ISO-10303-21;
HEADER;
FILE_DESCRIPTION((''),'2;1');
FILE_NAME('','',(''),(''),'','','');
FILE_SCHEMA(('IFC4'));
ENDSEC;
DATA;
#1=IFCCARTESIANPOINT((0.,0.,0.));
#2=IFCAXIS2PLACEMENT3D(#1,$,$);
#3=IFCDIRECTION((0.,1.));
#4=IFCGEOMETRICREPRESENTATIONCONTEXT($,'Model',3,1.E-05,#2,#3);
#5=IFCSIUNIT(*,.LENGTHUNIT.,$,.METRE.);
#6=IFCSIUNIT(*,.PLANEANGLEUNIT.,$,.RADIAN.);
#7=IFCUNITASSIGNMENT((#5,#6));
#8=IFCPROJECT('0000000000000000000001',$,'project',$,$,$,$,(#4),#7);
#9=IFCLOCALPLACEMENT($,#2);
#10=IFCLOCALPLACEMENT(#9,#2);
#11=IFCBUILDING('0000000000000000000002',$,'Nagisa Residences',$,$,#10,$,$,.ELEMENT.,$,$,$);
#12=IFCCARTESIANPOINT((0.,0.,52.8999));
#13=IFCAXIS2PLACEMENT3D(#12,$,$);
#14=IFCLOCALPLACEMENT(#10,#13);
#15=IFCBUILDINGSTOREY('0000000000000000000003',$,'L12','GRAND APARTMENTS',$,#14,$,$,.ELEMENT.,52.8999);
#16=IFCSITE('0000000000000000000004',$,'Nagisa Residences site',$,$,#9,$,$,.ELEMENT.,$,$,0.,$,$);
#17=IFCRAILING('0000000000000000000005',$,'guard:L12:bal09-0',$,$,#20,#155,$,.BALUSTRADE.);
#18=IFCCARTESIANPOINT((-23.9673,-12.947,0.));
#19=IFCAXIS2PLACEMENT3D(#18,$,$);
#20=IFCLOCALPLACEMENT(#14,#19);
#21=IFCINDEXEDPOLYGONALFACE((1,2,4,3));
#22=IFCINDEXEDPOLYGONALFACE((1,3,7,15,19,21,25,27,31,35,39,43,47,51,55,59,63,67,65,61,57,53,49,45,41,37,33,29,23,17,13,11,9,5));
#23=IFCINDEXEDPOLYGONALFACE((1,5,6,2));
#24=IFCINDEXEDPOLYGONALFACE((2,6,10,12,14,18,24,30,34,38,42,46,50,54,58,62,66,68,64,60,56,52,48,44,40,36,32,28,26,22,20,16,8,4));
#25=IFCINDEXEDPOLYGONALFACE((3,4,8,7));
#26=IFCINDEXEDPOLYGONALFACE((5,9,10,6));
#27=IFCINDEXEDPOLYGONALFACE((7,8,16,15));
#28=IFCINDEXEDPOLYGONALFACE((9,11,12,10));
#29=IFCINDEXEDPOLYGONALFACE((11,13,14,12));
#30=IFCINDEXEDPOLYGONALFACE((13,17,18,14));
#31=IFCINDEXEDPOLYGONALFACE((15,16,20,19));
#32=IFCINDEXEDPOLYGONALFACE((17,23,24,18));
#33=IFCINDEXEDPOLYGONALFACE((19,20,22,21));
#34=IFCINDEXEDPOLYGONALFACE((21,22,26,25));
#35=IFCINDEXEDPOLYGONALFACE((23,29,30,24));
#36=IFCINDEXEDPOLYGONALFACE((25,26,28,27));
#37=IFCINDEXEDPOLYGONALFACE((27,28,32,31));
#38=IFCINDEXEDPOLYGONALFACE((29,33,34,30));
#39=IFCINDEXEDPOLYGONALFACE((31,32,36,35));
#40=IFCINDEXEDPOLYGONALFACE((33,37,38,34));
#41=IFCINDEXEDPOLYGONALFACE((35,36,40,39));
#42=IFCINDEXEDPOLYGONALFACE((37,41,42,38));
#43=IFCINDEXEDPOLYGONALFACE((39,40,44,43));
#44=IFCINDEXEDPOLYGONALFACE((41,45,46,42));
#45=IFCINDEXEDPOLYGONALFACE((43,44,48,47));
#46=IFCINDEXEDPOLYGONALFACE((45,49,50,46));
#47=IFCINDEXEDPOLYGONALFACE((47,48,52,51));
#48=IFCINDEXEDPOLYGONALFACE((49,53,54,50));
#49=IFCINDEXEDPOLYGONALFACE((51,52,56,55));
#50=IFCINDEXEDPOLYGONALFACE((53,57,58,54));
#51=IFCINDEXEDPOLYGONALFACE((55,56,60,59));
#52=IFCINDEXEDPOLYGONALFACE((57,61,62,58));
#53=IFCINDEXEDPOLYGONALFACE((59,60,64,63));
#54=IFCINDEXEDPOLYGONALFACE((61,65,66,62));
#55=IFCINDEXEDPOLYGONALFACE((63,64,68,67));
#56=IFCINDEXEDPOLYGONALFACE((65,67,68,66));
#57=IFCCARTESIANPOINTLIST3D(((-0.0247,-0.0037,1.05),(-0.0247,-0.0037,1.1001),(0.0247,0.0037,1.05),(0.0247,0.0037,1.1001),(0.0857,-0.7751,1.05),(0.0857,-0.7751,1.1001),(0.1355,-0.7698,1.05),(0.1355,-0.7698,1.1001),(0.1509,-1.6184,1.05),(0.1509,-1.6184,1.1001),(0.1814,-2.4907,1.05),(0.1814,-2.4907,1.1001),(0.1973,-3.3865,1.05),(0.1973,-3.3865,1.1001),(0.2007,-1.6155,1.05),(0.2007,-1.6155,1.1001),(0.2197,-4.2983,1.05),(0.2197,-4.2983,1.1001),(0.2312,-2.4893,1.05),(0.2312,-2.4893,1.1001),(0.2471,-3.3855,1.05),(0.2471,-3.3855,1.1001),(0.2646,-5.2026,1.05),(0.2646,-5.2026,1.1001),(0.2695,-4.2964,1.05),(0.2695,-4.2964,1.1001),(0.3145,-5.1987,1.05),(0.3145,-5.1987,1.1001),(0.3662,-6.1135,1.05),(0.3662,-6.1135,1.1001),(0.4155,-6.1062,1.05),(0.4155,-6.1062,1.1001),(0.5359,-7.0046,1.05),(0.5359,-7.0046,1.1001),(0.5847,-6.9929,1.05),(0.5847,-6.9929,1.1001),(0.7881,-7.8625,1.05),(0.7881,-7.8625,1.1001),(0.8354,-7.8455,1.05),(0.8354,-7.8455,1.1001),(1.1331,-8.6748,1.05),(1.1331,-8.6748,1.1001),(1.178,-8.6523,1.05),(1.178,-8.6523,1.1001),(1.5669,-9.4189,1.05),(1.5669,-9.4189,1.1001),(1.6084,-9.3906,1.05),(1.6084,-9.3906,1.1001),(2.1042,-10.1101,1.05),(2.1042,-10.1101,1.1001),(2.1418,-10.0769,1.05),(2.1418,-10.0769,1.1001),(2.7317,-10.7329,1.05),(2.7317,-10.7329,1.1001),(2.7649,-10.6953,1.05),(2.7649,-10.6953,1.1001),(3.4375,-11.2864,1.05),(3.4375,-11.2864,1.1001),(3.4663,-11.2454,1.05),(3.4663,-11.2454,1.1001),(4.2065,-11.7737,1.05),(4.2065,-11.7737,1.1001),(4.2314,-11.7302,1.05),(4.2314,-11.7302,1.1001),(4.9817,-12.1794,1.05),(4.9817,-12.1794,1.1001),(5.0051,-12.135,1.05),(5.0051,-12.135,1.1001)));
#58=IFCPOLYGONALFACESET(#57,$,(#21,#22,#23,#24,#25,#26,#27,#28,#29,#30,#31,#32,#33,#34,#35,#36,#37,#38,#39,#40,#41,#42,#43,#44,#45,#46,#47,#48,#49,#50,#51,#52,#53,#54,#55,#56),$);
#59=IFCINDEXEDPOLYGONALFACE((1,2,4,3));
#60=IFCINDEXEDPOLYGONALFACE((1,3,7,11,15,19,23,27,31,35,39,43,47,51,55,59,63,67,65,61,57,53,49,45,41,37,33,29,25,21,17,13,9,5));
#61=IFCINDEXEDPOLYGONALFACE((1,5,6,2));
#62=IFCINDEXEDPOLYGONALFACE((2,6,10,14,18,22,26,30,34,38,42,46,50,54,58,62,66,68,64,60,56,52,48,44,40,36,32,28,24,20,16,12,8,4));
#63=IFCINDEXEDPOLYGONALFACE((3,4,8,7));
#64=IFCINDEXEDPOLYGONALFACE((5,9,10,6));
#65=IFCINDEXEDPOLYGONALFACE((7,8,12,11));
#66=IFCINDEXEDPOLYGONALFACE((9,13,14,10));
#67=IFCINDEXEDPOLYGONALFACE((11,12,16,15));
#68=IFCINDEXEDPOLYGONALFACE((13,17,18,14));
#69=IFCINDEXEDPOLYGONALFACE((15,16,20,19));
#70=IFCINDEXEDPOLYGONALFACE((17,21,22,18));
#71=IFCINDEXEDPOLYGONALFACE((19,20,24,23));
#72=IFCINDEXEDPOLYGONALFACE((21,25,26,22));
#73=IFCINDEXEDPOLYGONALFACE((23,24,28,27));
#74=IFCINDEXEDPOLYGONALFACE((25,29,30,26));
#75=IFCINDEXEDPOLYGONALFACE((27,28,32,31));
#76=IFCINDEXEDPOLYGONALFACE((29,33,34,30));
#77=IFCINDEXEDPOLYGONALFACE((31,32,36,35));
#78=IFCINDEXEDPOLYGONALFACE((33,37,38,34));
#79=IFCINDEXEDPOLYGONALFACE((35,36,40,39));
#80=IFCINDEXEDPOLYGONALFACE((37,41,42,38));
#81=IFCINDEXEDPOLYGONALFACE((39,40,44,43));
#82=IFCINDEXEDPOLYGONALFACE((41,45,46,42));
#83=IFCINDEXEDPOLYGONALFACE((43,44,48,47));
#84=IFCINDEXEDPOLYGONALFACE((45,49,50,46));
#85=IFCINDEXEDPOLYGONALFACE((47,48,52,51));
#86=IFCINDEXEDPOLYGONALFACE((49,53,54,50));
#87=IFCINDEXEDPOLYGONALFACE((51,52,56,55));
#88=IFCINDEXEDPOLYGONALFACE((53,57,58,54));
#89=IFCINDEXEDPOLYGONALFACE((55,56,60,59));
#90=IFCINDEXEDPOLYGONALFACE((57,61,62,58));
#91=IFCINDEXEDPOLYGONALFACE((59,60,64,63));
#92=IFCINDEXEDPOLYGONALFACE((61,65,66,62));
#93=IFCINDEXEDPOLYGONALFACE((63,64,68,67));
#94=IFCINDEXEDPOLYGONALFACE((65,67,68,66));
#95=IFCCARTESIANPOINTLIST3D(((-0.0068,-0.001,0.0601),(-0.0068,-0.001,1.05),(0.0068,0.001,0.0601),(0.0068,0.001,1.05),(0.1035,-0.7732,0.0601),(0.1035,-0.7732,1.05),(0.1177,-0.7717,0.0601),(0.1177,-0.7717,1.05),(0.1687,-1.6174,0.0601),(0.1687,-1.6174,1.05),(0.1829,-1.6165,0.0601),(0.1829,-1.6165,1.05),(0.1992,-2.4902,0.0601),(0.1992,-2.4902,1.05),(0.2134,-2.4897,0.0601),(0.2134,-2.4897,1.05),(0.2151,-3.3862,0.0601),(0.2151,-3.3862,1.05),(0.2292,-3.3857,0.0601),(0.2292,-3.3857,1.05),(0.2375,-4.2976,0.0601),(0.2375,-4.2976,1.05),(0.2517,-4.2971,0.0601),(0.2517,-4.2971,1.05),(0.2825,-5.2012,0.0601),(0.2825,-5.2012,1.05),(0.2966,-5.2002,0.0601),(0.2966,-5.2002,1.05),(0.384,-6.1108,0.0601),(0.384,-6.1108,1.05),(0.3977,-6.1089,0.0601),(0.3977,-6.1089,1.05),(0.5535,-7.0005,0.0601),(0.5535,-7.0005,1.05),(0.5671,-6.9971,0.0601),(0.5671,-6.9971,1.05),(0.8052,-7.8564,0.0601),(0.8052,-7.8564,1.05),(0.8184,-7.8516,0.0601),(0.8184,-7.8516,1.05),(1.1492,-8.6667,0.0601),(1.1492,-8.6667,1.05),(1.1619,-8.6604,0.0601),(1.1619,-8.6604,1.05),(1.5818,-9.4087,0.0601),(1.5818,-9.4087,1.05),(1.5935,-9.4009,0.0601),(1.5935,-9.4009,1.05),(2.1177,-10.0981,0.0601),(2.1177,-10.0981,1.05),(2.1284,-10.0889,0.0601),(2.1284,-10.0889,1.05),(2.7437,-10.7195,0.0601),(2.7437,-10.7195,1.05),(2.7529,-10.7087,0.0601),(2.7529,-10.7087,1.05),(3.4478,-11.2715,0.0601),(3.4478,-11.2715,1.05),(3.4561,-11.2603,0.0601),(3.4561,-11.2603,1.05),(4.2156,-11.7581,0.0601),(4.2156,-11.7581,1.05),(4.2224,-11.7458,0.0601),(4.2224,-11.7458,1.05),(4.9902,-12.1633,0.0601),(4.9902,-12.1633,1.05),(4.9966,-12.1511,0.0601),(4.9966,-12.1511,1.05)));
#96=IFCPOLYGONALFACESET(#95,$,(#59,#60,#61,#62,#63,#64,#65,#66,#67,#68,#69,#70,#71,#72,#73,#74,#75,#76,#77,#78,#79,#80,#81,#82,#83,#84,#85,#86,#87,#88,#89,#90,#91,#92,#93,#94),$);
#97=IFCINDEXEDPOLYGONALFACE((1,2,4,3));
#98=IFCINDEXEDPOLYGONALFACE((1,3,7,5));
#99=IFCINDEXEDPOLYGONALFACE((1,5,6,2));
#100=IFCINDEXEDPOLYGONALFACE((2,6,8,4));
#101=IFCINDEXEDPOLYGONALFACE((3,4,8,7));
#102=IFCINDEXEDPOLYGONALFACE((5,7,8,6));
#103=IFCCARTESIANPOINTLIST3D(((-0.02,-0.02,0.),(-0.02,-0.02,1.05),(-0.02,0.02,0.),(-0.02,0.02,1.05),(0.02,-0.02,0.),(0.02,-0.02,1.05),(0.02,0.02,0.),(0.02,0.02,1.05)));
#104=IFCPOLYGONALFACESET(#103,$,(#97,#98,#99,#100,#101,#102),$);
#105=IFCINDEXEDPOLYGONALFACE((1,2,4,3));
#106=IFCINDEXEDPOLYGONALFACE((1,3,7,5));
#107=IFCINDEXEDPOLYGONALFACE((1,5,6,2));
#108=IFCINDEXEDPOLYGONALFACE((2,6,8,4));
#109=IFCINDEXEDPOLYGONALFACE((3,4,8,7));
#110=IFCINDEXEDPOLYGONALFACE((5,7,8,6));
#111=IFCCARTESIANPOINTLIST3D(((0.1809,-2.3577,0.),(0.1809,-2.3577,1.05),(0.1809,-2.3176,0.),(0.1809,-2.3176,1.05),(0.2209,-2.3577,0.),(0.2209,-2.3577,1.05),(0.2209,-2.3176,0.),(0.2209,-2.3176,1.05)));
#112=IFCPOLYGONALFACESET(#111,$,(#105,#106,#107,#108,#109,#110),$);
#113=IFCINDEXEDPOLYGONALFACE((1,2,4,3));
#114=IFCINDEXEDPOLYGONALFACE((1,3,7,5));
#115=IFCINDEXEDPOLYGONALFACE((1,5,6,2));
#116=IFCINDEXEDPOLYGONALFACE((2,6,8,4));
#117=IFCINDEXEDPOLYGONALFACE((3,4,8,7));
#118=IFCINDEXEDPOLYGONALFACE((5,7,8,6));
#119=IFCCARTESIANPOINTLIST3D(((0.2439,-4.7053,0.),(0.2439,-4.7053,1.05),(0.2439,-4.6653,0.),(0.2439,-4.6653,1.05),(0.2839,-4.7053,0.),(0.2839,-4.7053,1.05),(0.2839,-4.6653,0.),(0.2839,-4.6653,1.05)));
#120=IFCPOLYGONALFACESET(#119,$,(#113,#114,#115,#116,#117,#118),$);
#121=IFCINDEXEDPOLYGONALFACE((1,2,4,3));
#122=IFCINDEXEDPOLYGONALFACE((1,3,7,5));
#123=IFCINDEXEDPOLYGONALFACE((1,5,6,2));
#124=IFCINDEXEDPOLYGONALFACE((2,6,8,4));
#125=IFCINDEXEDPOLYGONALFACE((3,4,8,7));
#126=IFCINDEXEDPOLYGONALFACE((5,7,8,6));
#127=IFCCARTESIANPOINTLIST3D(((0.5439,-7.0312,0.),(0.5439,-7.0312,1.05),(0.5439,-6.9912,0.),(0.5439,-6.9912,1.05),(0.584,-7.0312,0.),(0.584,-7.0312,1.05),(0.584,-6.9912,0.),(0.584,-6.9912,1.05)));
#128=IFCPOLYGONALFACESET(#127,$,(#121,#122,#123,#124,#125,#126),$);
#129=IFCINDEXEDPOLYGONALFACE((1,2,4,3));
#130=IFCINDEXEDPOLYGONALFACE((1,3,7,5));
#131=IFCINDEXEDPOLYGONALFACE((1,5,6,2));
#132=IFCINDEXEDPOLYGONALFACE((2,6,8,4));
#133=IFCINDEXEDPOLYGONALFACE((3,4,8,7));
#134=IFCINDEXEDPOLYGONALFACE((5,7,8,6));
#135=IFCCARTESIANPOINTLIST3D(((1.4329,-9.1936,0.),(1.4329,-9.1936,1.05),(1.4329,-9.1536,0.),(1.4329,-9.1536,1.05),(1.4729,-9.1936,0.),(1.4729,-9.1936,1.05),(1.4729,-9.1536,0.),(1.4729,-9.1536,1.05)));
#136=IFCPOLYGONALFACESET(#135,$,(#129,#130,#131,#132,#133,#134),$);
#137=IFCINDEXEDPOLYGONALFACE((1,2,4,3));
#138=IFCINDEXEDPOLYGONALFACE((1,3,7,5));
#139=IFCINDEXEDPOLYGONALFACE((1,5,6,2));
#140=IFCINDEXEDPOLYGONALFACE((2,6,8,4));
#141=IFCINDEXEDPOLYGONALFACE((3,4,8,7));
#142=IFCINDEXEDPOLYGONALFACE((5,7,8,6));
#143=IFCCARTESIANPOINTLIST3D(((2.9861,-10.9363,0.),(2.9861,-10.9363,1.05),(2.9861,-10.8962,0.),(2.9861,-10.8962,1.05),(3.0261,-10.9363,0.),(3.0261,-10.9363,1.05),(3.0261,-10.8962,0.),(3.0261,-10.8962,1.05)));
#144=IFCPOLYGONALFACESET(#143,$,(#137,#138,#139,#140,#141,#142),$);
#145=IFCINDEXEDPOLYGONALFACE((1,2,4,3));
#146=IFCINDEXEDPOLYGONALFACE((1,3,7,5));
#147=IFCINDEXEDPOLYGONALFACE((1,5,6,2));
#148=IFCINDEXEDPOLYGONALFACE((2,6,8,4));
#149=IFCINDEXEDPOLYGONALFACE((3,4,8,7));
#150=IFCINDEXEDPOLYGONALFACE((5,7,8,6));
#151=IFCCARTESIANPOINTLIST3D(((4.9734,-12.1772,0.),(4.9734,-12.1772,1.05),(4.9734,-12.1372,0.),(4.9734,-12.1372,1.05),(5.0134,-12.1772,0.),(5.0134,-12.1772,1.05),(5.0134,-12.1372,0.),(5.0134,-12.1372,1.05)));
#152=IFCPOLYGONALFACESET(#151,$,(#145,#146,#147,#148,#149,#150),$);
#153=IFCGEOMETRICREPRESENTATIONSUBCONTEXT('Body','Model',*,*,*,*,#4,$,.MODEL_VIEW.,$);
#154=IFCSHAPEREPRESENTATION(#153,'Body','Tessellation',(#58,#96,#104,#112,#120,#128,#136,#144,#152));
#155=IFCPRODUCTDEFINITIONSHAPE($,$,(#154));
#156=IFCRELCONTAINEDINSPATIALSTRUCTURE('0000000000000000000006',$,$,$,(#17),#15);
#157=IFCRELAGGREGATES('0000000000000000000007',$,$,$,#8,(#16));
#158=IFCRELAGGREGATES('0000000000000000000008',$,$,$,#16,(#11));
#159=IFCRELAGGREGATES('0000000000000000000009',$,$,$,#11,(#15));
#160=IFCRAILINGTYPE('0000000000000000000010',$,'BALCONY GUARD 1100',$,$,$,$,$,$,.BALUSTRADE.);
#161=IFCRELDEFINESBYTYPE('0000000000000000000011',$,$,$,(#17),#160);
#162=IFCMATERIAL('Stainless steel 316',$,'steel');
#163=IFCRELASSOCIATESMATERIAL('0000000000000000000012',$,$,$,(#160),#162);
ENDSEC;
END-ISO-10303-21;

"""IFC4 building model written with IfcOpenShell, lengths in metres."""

from ifc_helpers import new_model, si_unit, direction, frame, origin, origin_2d, place, context, subcontext, project, spatial, polyline, rectangle, outline, extrude, material, type_object, element, save


model = new_model("IFC4")

# Units and contexts
model_context = context("Model", 3, precision=1e-05, world=origin(), true_north=direction((0.0, 1.0)))
body_context = subcontext(model_context, "Body", "Model", "MODEL_VIEW")
ifc_project = project(units=[si_unit("LENGTHUNIT", "METRE"), si_unit("PLANEANGLEUNIT", "RADIAN")], contexts=[model_context])

# Site, building, storey
site_placement = place(None, origin())
site = spatial("IfcSite", under=ifc_project, at=site_placement, Name="Nagisa Residences site", CompositionType="ELEMENT", RefElevation=0.0)
building_placement = place(site_placement, origin())
building = spatial("IfcBuilding", under=site, at=building_placement, Name="Nagisa Residences", CompositionType="ELEMENT")
storey_placement = place(building_placement, frame((0.0, 0.0, 52.8999)))
storey = spatial("IfcBuildingStorey", under=building, at=storey_placement, Name="L12", Description="GRAND APARTMENTS", CompositionType="ELEMENT", Elevation=52.8999)

# Railing
ifc_material_1 = material(Name="Stainless steel 316", Category="steel")
railing_type = type_object("IfcRailingType", Name="BALCONY GUARD 1100", PredefinedType="BALUSTRADE", material=ifc_material_1)
railing_1_placement = place(storey_placement, frame((-23.9673, -12.947, 0.0)))
element("IfcRailing", 1, at=railing_1_placement, inside=storey, type_object=railing_type, Name="guard:L12:bal09-0", PredefinedType="BALUSTRADE", context=body_context, shape_type="SweptSolid", body=[
    extrude(outline(polyline([(0.1355, -0.7698), (0.0247, 0.0037), (-0.0247, -0.0037), (0.0857, -0.7751), (0.1509, -1.6184), (0.1814, -2.4907), (0.1973, -3.3865), (0.2197, -4.2983), (0.2646, -5.2026), (0.3662, -6.1135), (0.5359, -7.0046), (0.7881, -7.8625), (1.1331, -8.6748), (1.5669, -9.4189), (2.1042, -10.1101), (2.7317, -10.7329), (3.4375, -11.2864), (4.2065, -11.7737), (4.9817, -12.1794), (5.0051, -12.135), (4.2314, -11.7302), (3.4663, -11.2454), (2.7649, -10.6953), (2.1418, -10.0769), (1.6084, -9.3906), (1.178, -8.6523), (0.8354, -7.8455), (0.5847, -6.9929), (0.4155, -6.1062), (0.3145, -5.1987), (0.2695, -4.2964), (0.2471, -3.3855), (0.2312, -2.4893), (0.2007, -1.6155), (0.1355, -0.7698)])), frame((0.0, 0.0, 1.05)), (0.0, 0.0, 1.0), 0.05),
    extrude(outline(polyline([(0.1177, -0.7717), (0.0068, 0.001), (-0.0068, -0.001), (0.1035, -0.7732), (0.1687, -1.6174), (0.1992, -2.4902), (0.2151, -3.3862), (0.2375, -4.2976), (0.2825, -5.2012), (0.384, -6.1108), (0.5535, -7.0005), (0.8052, -7.8564), (1.1492, -8.6667), (1.5818, -9.4087), (2.1177, -10.0981), (2.7437, -10.7195), (3.4478, -11.2715), (4.2156, -11.7581), (4.9902, -12.1633), (4.9966, -12.1511), (4.2224, -11.7458), (3.4561, -11.2603), (2.7529, -10.7087), (2.1284, -10.0889), (1.5935, -9.4009), (1.1619, -8.6604), (0.8184, -7.8516), (0.5671, -6.9971), (0.3977, -6.1089), (0.2966, -5.2002), (0.2517, -4.2971), (0.2292, -3.3857), (0.2134, -2.4897), (0.1829, -1.6165), (0.1177, -0.7717)])), frame((0.0, 0.0, 0.0601)), (0.0, 0.0, 1.0), 0.99),
    extrude(rectangle(XDim=0.04, YDim=0.04, at=origin_2d()), origin(), (0.0, 0.0, 1.0), 1.05),
    extrude(rectangle(XDim=0.04, YDim=0.04, at=origin_2d()), frame((0.2009, -2.3376, 0.0)), (0.0, 0.0, 1.0), 1.05),
    extrude(rectangle(XDim=0.04, YDim=0.04, at=origin_2d()), frame((0.2639, -4.6853, 0.0)), (0.0, 0.0, 1.0), 1.05),
    extrude(rectangle(XDim=0.04, YDim=0.04, at=origin_2d()), frame((0.564, -7.0112, 0.0)), (0.0, 0.0, 1.0), 1.05),
    extrude(rectangle(XDim=0.04, YDim=0.04, at=origin_2d()), frame((1.4529, -9.1736, 0.0)), (0.0, 0.0, 1.0), 1.05),
    extrude(rectangle(XDim=0.04, YDim=0.04, at=origin_2d()), frame((3.0061, -10.9163, 0.0)), (0.0, 0.0, 1.0), 1.05),
    extrude(rectangle(XDim=0.04, YDim=0.04, at=origin_2d()), frame((4.9934, -12.1572, 0.0)), (0.0, 0.0, 1.0), 1.05),
])

save(model, "model.ifc")
